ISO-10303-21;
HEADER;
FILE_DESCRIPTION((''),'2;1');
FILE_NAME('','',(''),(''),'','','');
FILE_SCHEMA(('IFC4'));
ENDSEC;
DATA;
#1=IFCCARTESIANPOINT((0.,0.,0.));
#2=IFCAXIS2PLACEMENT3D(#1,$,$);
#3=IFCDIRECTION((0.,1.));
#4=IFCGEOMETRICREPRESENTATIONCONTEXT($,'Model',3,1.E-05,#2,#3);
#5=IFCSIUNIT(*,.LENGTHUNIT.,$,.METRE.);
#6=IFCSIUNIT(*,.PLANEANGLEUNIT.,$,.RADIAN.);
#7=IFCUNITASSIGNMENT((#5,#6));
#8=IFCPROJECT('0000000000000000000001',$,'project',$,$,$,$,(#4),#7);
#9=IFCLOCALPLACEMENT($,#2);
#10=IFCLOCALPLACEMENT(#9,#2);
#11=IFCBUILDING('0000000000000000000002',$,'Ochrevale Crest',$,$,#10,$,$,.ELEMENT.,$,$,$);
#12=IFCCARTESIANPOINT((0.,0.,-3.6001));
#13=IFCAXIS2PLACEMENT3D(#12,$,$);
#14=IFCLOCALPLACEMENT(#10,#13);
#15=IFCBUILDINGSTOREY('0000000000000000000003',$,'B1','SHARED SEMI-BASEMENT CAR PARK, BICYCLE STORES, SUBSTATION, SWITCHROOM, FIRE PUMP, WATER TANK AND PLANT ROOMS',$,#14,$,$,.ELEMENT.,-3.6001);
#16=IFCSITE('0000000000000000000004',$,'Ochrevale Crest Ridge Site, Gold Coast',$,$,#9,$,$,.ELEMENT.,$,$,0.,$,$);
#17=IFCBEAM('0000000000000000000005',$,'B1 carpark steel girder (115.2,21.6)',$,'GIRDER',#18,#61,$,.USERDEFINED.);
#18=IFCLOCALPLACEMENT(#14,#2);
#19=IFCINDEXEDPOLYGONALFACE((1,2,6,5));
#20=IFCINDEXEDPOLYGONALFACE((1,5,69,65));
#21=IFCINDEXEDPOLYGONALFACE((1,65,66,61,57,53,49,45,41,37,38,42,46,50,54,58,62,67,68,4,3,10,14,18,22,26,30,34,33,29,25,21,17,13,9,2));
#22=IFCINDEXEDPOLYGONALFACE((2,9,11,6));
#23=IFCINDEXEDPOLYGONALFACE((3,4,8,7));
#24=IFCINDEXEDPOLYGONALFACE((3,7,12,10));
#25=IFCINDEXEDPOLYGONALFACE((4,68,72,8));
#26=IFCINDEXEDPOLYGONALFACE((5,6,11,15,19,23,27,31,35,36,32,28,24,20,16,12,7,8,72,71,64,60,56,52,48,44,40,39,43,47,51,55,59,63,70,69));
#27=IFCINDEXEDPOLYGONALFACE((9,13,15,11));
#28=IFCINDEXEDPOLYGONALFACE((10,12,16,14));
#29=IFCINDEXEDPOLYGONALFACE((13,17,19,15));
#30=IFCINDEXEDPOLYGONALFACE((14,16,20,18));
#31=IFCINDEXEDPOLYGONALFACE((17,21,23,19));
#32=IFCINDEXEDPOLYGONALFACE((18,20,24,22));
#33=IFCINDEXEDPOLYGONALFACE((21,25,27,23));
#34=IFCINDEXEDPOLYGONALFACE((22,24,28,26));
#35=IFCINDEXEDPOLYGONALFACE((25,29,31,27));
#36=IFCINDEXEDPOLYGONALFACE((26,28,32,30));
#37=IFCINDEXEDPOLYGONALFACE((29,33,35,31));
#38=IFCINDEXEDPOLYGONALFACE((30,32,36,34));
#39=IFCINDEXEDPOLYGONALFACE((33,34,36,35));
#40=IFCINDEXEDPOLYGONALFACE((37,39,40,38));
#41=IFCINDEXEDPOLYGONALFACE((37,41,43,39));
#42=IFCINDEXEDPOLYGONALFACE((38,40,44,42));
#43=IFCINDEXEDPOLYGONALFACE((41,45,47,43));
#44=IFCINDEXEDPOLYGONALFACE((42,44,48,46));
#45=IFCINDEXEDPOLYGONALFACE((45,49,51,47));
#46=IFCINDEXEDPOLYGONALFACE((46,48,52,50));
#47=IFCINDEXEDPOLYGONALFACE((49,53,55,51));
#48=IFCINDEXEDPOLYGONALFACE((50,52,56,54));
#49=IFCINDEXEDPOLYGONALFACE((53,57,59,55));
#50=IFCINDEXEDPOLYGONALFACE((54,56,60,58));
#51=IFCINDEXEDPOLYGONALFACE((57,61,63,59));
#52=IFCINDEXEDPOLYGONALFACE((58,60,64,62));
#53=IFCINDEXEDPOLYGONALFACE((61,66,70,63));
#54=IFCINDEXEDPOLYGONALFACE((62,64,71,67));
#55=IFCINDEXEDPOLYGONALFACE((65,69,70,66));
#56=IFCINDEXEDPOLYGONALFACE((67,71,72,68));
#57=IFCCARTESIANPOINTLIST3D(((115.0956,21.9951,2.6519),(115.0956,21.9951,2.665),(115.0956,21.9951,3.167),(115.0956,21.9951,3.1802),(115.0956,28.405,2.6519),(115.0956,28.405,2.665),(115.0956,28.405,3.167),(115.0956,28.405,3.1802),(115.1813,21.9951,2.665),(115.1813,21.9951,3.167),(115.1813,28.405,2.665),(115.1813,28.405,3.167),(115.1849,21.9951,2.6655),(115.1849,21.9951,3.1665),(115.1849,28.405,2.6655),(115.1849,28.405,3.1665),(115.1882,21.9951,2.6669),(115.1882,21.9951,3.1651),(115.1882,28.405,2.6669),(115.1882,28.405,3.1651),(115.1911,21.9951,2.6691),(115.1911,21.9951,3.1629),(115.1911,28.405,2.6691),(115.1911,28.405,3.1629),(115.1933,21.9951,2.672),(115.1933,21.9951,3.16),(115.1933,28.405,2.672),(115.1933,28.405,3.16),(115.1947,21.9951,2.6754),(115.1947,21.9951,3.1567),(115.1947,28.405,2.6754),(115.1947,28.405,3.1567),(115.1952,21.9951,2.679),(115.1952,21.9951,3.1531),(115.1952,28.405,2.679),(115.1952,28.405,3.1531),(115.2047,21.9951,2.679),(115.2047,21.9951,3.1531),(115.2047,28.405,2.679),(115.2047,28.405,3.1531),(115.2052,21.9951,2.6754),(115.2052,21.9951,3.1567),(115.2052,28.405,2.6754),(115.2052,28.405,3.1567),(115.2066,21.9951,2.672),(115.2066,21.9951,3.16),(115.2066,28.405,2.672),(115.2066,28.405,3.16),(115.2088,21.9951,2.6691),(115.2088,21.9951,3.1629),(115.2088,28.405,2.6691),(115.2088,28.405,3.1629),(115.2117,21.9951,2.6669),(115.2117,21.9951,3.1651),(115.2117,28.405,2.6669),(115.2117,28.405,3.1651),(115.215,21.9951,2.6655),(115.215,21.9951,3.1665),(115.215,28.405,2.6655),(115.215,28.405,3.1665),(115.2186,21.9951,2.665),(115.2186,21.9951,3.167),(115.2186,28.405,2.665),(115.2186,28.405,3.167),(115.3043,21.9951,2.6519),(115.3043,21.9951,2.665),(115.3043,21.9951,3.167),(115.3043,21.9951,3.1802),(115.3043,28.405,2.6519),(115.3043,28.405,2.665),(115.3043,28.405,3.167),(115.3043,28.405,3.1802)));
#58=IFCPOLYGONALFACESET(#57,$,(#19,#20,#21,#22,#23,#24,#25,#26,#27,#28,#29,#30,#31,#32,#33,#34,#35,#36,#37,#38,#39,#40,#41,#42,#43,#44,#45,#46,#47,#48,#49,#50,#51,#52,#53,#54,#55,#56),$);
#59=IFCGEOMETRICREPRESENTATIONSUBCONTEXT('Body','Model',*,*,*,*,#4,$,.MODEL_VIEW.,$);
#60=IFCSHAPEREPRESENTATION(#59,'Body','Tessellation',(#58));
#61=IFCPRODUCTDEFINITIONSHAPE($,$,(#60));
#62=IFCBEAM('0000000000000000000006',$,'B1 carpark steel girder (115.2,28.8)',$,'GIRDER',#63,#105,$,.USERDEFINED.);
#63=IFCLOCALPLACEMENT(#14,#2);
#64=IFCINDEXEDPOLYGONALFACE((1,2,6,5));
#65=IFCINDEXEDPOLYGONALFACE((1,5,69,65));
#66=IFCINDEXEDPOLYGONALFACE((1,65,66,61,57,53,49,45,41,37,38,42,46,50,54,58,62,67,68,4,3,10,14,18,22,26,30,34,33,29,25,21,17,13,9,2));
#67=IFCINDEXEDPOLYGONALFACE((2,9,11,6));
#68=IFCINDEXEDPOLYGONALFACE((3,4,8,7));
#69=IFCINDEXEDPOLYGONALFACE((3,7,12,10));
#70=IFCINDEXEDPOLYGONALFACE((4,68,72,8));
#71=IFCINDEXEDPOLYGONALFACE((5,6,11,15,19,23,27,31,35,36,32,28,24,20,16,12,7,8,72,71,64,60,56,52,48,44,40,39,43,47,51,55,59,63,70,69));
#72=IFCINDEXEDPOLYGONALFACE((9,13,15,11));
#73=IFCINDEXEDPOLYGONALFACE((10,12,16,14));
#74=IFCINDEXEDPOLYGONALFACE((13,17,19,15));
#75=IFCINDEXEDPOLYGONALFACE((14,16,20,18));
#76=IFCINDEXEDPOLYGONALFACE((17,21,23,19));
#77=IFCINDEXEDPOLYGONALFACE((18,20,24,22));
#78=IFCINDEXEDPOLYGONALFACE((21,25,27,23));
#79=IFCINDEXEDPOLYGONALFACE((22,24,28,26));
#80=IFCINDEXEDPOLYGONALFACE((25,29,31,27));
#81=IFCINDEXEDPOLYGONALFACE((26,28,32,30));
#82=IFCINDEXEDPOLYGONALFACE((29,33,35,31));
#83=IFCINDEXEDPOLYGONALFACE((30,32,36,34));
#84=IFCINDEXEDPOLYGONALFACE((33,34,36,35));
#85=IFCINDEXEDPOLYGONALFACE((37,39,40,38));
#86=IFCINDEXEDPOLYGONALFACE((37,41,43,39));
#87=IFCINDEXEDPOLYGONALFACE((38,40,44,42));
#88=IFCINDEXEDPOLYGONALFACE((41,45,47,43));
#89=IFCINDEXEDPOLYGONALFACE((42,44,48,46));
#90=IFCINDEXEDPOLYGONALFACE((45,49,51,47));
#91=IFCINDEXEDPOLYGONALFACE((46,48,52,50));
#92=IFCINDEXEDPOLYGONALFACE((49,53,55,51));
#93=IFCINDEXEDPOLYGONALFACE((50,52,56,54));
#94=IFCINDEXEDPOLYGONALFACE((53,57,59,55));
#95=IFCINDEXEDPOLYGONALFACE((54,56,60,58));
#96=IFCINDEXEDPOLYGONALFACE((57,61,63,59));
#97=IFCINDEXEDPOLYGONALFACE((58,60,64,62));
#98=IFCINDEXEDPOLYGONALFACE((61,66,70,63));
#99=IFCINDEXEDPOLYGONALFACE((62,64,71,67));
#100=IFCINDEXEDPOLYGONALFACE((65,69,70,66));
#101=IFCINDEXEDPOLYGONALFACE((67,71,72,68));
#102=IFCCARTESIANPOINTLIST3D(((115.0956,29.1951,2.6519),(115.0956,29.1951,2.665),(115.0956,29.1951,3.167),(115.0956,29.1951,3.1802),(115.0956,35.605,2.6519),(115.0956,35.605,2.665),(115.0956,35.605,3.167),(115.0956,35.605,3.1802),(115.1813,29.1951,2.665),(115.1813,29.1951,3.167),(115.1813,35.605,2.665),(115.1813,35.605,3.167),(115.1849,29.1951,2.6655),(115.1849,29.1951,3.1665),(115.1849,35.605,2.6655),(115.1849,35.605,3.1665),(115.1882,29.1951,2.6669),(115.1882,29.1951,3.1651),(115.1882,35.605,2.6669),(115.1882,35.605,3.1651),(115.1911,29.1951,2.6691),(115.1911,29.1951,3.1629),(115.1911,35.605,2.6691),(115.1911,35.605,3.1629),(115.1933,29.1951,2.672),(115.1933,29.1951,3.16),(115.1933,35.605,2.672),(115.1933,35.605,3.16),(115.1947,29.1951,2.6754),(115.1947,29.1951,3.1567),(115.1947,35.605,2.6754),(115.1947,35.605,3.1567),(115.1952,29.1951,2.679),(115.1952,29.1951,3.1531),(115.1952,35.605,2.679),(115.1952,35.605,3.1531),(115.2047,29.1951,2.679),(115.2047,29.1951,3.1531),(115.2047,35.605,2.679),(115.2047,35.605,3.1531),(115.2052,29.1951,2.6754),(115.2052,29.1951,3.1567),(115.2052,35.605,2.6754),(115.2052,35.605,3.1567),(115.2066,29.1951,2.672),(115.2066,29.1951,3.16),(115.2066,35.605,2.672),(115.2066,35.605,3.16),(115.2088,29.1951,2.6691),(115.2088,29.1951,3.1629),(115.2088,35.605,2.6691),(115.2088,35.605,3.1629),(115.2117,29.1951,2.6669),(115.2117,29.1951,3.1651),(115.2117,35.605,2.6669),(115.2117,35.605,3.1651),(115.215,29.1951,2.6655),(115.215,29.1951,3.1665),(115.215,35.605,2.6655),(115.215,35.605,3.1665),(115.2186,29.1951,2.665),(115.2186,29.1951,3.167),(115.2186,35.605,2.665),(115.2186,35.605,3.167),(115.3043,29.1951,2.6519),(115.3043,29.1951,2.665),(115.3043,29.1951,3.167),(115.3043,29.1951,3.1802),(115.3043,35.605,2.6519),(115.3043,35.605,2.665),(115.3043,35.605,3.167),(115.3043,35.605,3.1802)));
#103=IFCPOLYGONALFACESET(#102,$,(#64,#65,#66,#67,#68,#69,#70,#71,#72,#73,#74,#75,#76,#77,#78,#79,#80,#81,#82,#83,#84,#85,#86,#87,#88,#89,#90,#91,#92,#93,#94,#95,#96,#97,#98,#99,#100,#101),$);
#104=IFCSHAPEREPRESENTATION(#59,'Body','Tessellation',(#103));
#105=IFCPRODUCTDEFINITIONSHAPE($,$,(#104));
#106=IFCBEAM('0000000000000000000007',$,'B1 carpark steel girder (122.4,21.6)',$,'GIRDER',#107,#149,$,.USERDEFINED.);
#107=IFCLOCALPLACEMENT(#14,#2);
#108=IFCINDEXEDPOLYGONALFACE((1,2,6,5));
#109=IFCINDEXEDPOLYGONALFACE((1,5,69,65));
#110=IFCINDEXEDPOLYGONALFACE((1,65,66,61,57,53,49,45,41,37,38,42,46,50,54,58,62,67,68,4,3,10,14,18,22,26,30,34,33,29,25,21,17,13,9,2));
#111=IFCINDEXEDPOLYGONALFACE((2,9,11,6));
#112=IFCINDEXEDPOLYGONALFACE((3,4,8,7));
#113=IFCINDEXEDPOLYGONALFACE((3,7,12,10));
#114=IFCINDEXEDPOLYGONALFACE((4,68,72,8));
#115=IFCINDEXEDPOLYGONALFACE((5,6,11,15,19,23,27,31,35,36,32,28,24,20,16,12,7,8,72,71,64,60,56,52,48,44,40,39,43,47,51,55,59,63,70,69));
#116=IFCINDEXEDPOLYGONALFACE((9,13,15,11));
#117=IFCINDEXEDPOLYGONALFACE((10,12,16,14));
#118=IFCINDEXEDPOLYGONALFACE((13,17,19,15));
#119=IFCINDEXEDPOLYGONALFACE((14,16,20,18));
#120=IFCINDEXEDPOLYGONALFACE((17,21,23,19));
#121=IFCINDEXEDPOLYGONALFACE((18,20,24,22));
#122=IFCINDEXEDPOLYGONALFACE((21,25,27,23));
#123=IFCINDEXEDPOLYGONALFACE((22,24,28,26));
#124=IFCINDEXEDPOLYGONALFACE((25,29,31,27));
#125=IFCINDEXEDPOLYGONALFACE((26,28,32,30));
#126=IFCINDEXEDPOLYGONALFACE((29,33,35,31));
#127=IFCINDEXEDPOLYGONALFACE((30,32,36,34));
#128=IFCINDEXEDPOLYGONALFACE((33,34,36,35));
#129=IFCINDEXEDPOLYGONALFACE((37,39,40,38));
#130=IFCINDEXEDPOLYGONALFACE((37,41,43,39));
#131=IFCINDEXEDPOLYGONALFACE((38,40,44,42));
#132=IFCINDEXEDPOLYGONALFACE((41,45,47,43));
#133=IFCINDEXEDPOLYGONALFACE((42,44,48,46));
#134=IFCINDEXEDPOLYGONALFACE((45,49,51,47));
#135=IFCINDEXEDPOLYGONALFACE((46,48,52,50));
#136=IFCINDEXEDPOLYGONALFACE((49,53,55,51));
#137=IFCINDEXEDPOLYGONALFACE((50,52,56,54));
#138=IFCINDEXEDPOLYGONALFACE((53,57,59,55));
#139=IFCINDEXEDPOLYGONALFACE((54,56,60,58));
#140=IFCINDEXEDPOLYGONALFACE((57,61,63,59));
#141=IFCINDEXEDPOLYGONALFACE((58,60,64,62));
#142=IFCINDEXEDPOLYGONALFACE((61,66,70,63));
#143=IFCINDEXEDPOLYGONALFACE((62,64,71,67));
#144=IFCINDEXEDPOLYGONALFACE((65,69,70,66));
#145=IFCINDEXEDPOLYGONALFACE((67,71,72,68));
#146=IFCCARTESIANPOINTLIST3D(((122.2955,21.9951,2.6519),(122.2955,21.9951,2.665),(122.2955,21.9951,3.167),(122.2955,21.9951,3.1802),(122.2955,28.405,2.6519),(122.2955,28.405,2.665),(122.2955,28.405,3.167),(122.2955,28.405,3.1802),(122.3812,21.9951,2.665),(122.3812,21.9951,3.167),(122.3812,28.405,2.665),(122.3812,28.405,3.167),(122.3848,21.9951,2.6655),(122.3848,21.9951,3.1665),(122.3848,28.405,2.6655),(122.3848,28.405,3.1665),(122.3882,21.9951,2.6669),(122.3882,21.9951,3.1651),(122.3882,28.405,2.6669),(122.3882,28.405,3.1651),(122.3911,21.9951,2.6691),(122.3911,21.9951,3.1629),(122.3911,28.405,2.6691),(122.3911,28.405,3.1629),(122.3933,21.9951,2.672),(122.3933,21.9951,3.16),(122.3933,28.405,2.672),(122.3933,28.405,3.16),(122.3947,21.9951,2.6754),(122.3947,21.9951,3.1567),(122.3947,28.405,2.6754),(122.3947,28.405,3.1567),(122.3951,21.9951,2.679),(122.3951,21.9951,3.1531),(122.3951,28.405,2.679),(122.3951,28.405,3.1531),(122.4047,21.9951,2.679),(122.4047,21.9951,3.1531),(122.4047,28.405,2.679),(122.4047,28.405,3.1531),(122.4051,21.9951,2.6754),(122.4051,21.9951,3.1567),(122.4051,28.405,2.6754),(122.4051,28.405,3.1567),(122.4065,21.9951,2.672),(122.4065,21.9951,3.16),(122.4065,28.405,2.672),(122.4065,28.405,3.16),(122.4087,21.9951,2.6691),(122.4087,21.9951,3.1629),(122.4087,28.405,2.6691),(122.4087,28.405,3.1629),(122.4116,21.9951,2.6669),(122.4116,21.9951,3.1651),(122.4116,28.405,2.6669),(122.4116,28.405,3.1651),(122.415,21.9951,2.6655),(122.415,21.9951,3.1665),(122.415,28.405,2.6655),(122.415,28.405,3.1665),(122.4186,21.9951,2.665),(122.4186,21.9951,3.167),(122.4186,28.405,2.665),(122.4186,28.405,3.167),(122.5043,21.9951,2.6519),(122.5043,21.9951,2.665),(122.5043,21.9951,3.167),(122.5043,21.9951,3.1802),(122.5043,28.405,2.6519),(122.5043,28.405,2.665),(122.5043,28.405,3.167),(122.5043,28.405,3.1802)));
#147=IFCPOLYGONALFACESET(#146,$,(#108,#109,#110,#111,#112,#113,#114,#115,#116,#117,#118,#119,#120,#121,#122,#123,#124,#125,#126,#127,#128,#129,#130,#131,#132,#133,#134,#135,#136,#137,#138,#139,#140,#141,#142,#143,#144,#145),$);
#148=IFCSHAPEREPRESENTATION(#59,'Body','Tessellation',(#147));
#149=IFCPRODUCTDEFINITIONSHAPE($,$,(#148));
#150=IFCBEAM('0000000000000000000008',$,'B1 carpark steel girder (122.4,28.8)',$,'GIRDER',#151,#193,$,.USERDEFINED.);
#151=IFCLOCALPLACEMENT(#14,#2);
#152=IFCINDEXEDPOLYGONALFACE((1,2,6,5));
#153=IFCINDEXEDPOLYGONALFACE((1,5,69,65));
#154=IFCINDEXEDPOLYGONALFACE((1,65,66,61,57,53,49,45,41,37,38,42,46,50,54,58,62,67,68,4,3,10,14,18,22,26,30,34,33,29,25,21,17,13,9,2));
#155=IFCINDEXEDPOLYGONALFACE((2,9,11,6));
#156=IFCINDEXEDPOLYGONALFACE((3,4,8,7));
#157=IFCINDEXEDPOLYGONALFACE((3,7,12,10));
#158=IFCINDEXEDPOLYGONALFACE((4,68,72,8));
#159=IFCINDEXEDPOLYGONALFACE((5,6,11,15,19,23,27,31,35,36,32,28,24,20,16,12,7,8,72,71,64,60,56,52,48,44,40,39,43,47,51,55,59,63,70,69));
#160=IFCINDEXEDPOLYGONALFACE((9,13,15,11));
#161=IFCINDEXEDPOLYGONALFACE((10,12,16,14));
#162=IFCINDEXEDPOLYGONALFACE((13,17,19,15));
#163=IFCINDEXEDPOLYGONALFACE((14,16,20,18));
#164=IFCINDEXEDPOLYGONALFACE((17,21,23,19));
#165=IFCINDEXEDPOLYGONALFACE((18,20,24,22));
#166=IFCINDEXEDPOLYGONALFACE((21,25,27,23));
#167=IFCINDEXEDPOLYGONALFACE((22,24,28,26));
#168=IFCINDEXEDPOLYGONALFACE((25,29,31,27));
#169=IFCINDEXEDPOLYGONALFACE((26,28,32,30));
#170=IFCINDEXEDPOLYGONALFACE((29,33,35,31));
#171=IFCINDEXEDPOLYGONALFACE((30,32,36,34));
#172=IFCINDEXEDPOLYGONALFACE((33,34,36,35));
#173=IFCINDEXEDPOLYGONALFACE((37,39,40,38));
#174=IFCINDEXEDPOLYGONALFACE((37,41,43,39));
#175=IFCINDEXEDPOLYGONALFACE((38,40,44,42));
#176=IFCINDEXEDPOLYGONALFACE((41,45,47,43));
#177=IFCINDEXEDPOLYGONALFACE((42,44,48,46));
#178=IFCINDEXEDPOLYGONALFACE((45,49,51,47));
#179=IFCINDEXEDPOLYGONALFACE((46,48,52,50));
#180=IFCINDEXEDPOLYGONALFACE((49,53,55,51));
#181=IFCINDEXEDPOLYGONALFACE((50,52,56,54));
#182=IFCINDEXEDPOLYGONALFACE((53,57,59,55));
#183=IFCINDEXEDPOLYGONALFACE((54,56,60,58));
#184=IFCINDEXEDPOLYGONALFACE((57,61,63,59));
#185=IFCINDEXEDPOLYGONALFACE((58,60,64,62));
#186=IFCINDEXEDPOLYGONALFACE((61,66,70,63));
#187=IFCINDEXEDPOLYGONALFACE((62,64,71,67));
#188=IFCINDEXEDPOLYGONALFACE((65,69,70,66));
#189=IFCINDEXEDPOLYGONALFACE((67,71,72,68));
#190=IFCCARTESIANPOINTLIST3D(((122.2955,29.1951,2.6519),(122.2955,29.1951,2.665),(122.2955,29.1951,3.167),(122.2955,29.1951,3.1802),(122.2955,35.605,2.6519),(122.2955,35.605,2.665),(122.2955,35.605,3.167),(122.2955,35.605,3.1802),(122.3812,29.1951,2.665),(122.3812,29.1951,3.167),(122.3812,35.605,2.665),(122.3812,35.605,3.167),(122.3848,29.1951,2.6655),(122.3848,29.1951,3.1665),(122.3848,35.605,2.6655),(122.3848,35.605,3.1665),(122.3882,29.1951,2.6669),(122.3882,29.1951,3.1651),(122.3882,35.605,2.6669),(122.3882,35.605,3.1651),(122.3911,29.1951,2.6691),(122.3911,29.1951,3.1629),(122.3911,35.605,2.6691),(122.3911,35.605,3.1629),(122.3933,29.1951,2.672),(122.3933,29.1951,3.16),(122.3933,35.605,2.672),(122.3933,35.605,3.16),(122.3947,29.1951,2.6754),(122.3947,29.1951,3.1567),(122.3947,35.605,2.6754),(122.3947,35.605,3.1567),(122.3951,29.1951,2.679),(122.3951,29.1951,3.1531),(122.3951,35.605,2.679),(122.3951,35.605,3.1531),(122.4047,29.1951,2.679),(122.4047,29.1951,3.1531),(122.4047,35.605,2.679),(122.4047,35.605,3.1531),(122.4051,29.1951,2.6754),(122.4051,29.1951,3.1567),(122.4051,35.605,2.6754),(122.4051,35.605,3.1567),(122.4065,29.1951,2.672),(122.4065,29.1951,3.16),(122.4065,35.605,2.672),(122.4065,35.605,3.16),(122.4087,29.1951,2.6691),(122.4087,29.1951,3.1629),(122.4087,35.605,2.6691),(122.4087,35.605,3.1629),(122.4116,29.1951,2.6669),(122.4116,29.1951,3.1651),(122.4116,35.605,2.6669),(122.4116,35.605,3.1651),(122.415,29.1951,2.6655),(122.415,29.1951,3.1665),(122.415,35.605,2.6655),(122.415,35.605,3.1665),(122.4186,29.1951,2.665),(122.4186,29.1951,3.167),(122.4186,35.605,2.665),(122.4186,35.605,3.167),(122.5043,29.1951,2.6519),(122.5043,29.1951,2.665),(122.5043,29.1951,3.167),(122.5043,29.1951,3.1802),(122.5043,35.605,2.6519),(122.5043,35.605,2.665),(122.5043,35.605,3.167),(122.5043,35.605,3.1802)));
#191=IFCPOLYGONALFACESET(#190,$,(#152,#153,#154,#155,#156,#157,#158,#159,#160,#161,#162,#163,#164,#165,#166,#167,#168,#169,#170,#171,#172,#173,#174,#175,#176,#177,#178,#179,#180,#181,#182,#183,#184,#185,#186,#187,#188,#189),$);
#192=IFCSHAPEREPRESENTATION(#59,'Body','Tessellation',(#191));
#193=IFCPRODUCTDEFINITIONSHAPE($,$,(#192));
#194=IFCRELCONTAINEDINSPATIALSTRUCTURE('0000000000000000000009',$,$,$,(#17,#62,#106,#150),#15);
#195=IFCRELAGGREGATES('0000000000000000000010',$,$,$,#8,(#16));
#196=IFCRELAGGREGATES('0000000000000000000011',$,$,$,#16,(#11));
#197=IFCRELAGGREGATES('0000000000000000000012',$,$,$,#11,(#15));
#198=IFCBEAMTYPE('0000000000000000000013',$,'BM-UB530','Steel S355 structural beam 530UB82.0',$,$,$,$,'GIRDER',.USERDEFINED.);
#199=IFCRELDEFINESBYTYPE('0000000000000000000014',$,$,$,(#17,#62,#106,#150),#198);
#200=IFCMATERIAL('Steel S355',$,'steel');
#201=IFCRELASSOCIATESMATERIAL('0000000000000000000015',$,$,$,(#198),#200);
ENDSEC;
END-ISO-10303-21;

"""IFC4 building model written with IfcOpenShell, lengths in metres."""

from ifc_helpers import new_model, si_unit, direction, frame, origin, origin_2d, place, context, subcontext, project, spatial, i_section, extrude, material, material_profile, profile_set, type_object, element, save


model = new_model("IFC4")

# Units and contexts
model_context = context("Model", 3, precision=1e-05, world=origin(), true_north=direction((0.0, 1.0)))
body_context = subcontext(model_context, "Body", "Model", "MODEL_VIEW")
ifc_project = project(units=[si_unit("LENGTHUNIT", "METRE"), si_unit("PLANEANGLEUNIT", "RADIAN")], contexts=[model_context])

# Site, building, storey
site_placement = place(None, origin())
site = spatial("IfcSite", under=ifc_project, at=site_placement, Name="Ochrevale Crest Ridge Site, Gold Coast", CompositionType="ELEMENT", RefElevation=0.0)
building_placement = place(site_placement, origin())
building = spatial("IfcBuilding", under=site, at=building_placement, Name="Ochrevale Crest", CompositionType="ELEMENT")
storey_placement = place(building_placement, frame((0.0, 0.0, -3.6001)))
storey = spatial("IfcBuildingStorey", under=building, at=storey_placement, Name="B1", Description="SHARED SEMI-BASEMENT CAR PARK, BICYCLE STORES, SUBSTATION, SWITCHROOM, FIRE PUMP, WATER TANK AND PLANT ROOMS", CompositionType="ELEMENT", Elevation=-3.6001)

# Beams
ifc_material_1 = material(Name="Steel S355", Category="steel")
ifc_material_profile_1 = material_profile(ifc_material_1, i_section(OverallWidth=0.2087, OverallDepth=0.5283, WebThickness=0.0095, FlangeThickness=0.0132, FilletRadius=0.0139, at=origin_2d()), Name="530UB82.0")
ifc_profile_set_1 = profile_set([ifc_material_profile_1], Name="Steel S355")
beam_type_1 = type_object("IfcBeamType", Name="BM-UB530", Description="Steel S355 structural beam 530UB82.0", ElementType="GIRDER", PredefinedType="USERDEFINED", material=ifc_profile_set_1)
for number, where, z_axis, x_axis, name in (
    (1, (115.2, 21.9951, 2.916), (0.0, 1.0, 0.0), (-1.0, 0.0, 0.0), "B1 carpark steel girder (115.2,21.6)"),
    (2, (115.2, 29.1951, 2.916), (0.0, 1.0, 0.0), (-1.0, 0.0, 0.0), "B1 carpark steel girder (115.2,28.8)"),
    (3, (122.3999, 21.9951, 2.916), (0.0, 1.0, 0.0), (-1.0, 0.0, 0.0), "B1 carpark steel girder (122.4,21.6)"),
    (4, (122.3999, 29.1951, 2.916), (0.0, 1.0, 0.0), (-1.0, 0.0, 0.0), "B1 carpark steel girder (122.4,28.8)"),
):
    element("IfcBeam", number, at=place(storey_placement, frame(where, z_axis=z_axis, x_axis=x_axis)), inside=storey, type_object=beam_type_1, Name=name, ObjectType="GIRDER", PredefinedType="USERDEFINED", context=body_context, shape_type="SweptSolid", body=[
        extrude(i_section(OverallWidth=0.2087, OverallDepth=0.5283, WebThickness=0.0095, FlangeThickness=0.0132, FilletRadius=0.0139, at=origin_2d()), origin(), (0.0, 0.0, 1.0), 6.4099),
    ])

save(model, "model.ifc")
